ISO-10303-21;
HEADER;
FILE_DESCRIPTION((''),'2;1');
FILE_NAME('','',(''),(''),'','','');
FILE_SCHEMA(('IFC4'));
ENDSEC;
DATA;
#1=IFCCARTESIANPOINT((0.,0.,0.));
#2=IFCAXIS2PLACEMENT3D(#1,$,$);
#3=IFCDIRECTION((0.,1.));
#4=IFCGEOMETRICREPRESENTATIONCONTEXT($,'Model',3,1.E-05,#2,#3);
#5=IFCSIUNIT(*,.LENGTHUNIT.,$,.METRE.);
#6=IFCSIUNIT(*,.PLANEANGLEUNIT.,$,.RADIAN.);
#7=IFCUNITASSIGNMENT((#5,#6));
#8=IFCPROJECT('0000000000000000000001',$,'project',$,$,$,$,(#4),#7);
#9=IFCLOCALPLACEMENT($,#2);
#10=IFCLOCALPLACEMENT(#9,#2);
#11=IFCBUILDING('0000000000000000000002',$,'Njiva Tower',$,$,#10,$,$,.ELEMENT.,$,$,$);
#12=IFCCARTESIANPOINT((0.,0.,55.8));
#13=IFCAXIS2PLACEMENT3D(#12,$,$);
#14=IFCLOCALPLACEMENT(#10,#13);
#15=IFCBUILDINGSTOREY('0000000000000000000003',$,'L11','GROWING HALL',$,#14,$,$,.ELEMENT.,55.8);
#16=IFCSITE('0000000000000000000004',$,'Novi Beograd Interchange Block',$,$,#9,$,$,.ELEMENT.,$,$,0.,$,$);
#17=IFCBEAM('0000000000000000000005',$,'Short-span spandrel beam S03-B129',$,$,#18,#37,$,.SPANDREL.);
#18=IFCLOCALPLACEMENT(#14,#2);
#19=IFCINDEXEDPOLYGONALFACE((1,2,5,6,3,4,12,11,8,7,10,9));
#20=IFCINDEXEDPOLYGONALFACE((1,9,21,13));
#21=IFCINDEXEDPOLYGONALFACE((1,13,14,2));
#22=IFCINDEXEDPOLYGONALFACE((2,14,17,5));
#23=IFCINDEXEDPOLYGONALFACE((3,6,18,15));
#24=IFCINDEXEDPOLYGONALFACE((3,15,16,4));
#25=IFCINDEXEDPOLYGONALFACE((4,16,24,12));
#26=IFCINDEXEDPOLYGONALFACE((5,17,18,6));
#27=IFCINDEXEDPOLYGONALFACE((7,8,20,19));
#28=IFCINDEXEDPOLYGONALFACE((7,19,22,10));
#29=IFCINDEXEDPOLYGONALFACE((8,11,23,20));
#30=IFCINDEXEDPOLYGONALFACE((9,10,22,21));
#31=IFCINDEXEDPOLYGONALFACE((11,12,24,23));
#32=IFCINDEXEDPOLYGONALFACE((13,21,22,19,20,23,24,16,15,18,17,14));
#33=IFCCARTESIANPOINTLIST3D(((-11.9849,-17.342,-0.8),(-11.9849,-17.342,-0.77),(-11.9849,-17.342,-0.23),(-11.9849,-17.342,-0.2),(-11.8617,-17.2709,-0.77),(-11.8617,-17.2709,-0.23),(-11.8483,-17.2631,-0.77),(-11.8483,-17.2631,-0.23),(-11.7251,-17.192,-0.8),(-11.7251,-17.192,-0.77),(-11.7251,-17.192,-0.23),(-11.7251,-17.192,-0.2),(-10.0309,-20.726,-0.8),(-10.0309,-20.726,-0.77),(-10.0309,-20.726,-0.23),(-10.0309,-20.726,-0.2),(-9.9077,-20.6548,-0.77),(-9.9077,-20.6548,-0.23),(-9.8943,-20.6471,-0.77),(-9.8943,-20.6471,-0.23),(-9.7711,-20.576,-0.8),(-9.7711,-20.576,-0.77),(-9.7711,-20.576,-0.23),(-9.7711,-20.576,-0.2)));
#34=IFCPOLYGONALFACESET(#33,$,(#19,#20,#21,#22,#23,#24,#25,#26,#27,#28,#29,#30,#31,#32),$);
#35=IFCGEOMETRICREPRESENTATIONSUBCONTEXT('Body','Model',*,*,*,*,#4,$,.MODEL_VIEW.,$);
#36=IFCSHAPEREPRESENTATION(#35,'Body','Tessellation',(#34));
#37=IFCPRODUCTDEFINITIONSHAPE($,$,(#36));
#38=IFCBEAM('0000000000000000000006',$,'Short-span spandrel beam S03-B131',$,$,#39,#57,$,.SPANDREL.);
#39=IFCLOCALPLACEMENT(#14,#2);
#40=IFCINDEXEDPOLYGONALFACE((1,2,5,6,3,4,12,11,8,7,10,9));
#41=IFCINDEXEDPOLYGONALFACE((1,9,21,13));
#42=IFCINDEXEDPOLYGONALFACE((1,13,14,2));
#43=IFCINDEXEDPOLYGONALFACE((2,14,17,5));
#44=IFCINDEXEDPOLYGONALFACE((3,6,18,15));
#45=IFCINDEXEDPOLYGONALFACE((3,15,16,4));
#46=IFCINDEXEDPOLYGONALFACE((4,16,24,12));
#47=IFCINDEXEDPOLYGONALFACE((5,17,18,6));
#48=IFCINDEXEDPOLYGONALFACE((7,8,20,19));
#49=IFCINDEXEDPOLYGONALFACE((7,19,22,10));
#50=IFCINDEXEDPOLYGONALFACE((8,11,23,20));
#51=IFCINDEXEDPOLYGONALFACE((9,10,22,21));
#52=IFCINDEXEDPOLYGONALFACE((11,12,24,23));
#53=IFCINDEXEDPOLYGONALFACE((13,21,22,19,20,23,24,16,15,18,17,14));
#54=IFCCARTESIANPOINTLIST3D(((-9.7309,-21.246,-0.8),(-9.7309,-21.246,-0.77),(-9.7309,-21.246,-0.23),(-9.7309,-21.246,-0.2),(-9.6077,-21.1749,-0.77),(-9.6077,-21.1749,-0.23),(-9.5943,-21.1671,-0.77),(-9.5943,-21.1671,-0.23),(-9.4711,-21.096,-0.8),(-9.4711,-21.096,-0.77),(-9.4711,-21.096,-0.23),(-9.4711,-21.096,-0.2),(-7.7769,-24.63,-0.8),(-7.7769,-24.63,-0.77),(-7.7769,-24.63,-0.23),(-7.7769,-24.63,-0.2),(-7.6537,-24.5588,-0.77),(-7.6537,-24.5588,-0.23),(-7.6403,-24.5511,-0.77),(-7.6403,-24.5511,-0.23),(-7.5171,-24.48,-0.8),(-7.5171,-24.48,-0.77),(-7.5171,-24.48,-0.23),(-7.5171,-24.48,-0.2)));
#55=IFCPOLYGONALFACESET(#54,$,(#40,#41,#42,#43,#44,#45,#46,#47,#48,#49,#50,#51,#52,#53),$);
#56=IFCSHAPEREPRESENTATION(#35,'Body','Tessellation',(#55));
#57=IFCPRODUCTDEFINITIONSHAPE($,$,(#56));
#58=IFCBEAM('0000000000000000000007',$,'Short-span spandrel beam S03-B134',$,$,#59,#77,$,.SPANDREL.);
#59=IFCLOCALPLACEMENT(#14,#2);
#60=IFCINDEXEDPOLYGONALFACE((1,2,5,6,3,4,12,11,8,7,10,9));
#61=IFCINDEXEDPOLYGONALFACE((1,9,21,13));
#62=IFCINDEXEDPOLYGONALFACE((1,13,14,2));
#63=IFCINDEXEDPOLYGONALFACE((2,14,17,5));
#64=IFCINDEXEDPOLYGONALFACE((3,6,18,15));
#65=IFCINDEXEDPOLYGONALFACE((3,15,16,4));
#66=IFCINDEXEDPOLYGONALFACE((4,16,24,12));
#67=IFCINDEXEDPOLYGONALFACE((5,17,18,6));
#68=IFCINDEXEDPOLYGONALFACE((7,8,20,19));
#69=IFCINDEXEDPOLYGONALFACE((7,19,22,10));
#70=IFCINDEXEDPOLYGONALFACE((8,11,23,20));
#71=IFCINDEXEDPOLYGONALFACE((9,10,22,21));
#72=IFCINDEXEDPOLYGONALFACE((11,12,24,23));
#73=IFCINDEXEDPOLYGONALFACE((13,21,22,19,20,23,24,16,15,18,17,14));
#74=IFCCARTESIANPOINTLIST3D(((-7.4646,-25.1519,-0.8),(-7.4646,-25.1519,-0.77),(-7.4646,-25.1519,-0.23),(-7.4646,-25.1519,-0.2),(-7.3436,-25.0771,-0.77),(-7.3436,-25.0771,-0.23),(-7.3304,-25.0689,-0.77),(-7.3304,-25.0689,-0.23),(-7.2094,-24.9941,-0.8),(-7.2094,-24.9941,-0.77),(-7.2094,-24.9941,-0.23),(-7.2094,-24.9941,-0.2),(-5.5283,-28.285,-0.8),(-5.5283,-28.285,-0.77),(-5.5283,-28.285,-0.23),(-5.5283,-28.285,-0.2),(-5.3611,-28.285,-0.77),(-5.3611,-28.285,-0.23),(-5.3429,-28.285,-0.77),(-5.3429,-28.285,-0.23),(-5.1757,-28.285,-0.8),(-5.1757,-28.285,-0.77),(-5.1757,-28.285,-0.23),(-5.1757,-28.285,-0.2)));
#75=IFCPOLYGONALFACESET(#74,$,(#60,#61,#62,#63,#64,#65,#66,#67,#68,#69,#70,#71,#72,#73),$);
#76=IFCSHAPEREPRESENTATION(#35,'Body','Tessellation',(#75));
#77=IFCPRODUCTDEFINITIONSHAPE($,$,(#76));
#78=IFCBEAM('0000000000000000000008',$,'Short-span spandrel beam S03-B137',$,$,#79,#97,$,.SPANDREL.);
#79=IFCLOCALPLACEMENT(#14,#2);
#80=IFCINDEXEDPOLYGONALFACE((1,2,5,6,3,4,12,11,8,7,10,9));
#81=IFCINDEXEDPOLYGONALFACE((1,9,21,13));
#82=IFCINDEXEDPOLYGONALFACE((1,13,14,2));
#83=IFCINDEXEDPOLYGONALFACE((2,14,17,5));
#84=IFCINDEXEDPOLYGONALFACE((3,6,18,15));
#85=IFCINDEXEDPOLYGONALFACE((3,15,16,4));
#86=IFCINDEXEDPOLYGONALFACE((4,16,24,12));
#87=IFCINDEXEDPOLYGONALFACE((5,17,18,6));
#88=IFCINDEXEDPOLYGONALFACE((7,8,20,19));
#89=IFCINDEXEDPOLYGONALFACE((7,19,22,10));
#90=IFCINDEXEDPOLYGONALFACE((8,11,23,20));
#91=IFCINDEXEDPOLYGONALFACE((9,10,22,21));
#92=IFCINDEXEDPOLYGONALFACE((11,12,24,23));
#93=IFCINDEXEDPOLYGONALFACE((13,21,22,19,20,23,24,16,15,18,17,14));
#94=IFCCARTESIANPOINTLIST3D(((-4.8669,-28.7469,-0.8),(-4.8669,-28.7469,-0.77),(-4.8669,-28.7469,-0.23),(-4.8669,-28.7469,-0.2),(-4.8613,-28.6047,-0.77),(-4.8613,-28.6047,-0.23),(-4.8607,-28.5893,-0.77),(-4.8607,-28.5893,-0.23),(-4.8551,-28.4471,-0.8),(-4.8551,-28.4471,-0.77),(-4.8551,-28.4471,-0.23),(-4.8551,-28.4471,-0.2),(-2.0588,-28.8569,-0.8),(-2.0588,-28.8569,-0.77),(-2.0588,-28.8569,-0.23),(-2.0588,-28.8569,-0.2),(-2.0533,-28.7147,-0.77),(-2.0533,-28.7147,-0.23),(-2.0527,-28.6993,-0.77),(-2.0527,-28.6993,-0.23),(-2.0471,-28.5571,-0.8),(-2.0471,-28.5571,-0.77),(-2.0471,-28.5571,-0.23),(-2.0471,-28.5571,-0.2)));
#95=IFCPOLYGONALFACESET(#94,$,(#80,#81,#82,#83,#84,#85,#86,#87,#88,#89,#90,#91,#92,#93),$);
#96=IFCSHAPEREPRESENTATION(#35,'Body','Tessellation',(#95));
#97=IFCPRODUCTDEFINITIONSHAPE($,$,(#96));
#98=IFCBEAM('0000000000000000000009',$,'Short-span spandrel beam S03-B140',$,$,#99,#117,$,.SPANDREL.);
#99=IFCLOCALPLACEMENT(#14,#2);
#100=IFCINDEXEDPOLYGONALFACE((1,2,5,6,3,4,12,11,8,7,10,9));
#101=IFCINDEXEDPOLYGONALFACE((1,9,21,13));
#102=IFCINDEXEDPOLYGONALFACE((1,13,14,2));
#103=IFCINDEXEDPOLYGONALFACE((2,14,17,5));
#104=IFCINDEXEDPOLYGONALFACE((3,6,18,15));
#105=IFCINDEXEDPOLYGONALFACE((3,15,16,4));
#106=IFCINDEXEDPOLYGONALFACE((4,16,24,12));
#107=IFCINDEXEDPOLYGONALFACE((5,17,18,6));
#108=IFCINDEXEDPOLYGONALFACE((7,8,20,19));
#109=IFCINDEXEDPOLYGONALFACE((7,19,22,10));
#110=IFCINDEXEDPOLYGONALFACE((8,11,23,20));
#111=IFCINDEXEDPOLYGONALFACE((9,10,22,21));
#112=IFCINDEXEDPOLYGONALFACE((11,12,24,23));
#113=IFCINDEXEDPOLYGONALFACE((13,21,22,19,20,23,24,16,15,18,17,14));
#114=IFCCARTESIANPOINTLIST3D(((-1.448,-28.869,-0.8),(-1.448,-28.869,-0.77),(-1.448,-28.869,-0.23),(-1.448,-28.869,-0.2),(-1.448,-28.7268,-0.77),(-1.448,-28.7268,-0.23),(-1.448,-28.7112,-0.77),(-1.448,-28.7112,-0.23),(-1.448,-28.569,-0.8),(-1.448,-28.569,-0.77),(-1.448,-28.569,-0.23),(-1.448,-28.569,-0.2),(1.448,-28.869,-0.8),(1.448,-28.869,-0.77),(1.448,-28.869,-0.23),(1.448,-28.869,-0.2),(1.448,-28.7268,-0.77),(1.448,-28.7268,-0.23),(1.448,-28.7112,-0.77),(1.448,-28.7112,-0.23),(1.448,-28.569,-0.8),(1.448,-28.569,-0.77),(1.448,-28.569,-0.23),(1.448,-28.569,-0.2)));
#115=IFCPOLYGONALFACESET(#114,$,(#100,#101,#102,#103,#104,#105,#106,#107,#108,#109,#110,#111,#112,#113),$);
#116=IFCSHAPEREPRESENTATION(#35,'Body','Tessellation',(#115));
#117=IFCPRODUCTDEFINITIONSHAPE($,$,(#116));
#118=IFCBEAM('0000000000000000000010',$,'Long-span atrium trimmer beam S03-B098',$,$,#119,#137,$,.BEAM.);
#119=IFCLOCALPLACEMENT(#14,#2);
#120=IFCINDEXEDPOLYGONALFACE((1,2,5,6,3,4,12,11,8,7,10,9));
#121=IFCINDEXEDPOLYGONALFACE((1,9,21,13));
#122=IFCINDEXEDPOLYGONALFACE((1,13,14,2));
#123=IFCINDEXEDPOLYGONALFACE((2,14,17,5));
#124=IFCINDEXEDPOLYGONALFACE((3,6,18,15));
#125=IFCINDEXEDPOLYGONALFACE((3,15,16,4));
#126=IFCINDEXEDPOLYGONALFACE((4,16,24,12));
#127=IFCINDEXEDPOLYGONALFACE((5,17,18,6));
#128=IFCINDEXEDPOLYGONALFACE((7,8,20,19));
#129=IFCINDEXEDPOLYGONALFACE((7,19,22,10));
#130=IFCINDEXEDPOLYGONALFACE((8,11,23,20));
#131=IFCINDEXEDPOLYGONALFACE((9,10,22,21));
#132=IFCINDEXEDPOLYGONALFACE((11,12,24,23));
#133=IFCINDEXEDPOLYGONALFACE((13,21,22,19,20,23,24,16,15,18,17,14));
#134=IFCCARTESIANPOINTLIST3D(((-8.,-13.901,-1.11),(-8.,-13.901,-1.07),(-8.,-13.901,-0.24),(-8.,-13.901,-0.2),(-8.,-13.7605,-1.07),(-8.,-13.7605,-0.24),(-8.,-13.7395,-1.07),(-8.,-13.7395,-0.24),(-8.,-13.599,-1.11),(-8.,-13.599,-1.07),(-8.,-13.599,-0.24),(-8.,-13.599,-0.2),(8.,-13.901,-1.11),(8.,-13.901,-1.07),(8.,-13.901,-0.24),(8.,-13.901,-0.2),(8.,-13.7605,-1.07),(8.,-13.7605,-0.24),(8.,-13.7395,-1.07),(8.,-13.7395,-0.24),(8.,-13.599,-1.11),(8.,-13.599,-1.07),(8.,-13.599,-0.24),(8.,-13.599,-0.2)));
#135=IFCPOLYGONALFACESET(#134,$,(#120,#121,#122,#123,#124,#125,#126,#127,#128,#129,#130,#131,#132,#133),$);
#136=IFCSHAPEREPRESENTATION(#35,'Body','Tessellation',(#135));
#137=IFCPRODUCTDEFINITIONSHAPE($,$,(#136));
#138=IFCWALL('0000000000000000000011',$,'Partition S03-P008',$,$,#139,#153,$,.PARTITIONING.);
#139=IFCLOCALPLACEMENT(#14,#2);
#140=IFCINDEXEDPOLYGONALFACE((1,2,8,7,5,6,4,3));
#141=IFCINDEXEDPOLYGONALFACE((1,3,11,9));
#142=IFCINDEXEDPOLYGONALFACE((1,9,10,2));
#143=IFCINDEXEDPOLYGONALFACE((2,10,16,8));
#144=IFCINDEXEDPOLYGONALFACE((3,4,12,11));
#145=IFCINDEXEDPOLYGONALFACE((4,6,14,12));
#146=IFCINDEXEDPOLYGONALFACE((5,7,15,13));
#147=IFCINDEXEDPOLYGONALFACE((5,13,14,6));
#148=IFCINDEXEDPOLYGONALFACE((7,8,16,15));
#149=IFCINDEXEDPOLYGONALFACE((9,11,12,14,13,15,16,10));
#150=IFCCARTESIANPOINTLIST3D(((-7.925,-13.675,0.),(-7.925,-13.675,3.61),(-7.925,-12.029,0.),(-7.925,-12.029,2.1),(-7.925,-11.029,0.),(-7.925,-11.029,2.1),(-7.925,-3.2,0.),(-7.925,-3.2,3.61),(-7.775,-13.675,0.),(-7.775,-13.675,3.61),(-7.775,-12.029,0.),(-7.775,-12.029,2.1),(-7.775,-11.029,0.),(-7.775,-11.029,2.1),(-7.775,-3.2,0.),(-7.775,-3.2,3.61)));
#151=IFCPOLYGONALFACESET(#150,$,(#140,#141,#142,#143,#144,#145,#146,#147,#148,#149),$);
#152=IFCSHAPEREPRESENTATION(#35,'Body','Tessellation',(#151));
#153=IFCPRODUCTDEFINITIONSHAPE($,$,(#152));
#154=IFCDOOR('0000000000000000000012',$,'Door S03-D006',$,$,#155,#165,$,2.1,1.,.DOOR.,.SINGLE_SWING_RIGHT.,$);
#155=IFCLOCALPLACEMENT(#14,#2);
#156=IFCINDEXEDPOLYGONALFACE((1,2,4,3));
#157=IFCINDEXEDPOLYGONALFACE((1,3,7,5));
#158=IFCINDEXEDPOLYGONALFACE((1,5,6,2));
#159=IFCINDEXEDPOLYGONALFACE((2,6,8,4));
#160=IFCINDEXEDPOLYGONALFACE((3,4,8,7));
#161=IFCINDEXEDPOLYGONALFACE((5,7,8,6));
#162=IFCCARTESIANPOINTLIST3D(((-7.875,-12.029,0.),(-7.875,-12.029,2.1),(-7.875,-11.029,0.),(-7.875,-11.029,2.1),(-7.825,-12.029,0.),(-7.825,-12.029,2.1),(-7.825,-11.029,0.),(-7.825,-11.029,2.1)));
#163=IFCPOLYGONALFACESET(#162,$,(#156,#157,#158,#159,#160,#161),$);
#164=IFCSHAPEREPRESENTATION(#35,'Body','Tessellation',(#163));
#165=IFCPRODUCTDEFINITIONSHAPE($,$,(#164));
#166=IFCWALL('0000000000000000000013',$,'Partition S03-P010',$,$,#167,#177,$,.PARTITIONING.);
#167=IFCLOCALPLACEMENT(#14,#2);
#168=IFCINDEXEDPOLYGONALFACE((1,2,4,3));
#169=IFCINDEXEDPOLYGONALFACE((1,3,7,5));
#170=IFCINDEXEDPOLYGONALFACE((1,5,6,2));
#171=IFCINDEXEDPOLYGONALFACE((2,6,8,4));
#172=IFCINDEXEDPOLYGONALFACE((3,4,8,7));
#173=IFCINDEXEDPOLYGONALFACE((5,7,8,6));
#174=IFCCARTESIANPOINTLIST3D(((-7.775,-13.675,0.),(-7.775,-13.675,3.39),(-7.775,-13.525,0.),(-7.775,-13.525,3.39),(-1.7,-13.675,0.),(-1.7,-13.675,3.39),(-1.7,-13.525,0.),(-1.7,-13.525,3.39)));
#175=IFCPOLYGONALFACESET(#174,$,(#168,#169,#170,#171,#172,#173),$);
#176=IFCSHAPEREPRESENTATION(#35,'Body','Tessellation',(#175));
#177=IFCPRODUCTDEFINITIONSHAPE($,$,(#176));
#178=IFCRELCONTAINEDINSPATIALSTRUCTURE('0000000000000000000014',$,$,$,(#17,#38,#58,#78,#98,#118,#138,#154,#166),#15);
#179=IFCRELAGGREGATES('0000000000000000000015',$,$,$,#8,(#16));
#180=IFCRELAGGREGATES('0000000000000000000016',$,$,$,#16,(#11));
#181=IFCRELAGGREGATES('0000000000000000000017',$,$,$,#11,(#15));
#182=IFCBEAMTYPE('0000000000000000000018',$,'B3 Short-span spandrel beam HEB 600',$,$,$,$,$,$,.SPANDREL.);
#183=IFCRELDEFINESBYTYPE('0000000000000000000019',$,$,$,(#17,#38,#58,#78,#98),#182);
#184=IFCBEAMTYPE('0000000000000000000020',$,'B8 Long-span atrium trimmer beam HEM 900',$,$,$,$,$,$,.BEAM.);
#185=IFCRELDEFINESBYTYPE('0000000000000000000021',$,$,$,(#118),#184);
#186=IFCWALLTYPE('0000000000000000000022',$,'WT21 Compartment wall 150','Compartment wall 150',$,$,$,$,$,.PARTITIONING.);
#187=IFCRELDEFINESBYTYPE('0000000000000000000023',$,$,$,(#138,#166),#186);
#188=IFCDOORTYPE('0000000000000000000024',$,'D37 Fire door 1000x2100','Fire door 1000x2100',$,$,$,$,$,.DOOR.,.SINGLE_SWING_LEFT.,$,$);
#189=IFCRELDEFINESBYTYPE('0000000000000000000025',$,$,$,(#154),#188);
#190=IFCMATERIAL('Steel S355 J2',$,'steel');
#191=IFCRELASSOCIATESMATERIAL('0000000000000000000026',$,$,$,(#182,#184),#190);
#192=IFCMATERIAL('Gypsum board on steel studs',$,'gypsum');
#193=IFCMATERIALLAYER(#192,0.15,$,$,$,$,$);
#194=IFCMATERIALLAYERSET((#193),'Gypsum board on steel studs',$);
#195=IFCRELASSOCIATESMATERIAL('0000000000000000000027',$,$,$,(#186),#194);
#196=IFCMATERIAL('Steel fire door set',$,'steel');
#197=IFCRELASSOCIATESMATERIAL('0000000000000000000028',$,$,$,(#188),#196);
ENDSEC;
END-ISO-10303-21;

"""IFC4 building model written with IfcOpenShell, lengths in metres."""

from ifc_helpers import new_model, si_unit, direction, frame, frame_2d, origin, origin_2d, place, context, subcontext, project, spatial, rectangle, i_section, extrude, clip, halfspace, material, layer, layer_set, material_profile, profile_set, type_object, element, fill, save


model = new_model("IFC4")

# Units and contexts
model_context = context("Model", 3, precision=1e-05, world=origin(), true_north=direction((0.0, 1.0)))
body_context = subcontext(model_context, "Body", "Model", "MODEL_VIEW")
ifc_project = project(units=[si_unit("LENGTHUNIT", "METRE"), si_unit("PLANEANGLEUNIT", "RADIAN")], contexts=[model_context])

# Site, building, storey
site_placement = place(None, origin())
site = spatial("IfcSite", under=ifc_project, at=site_placement, Name="Novi Beograd Interchange Block", CompositionType="ELEMENT", RefElevation=0.0)
building_placement = place(site_placement, origin())
building = spatial("IfcBuilding", under=site, at=building_placement, Name="Njiva Tower", CompositionType="ELEMENT")
storey_placement = place(building_placement, frame((0.0, 0.0, 55.8)))
storey = spatial("IfcBuildingStorey", under=building, at=storey_placement, Name="L11", Description="GROWING HALL", CompositionType="ELEMENT", Elevation=55.8)

# Shared definitions
ifc_material_1 = material(Name="Steel S355 J2", Category="steel")

# Beams
ifc_material_profile_1 = material_profile(ifc_material_1, i_section(OverallWidth=0.3, OverallDepth=0.6, WebThickness=0.0155, FlangeThickness=0.03, at=origin_2d()), Name="HEB 600")
ifc_profile_set_1 = profile_set([ifc_material_profile_1], Name="Steel S355 J2")
beam_type_1 = type_object("IfcBeamType", Name="B3 Short-span spandrel beam HEB 600", PredefinedType="SPANDREL", material=ifc_profile_set_1)
for number, where, z_axis, x_axis, name in (
    (1, (-11.855, -17.267, -0.5), (0.500047, -0.865998, 0.0), (0.865998, 0.500047, 0.0), "Short-span spandrel beam S03-B129"),
    (2, (-9.601, -21.171, -0.5), (0.500047, -0.865998, 0.0), (0.865998, 0.500047, 0.0), "Short-span spandrel beam S03-B131"),
):
    element("IfcBeam", number, at=place(storey_placement, frame(where, z_axis=z_axis, x_axis=x_axis)), inside=storey, type_object=beam_type_1, Name=name, PredefinedType="SPANDREL", context=body_context, shape_type="SweptSolid", body=[
        extrude(i_section(OverallWidth=0.3, OverallDepth=0.6, WebThickness=0.0155, FlangeThickness=0.03, at=origin_2d()), origin(), (0.0, 0.0, 1.0), 3.9076),
    ])
beam_1_placement = place(storey_placement, frame((-7.337, -25.073, -0.5), z_axis=(0.525707, -0.850666, 0.0), x_axis=(0.850666, 0.525707, 0.0)))
element("IfcBeam", 3, at=beam_1_placement, inside=storey, type_object=beam_type_1, Name="Short-span spandrel beam S03-B134", PredefinedType="SPANDREL", context=body_context, shape_type="Clipping", body=[
    clip(extrude(i_section(OverallWidth=0.3, OverallDepth=0.6, WebThickness=0.0155, FlangeThickness=0.03, at=origin_2d()), origin(), (0.0, 0.0, 1.0), 3.8889), halfspace(frame((-0.0263, 0.0, 3.7596), z_axis=(-0.525707, 0.0, 0.850666), x_axis=(0.0, 1.0, 0.0)), False)),
])
beam_2_placement = place(storey_placement, frame((-4.861, -28.597, -0.5), z_axis=(0.999234, -0.039144, 0.0), x_axis=(0.039144, 0.999234, 0.0)))
element("IfcBeam", 4, at=beam_2_placement, inside=storey, type_object=beam_type_1, Name="Short-span spandrel beam S03-B137", PredefinedType="SPANDREL", context=body_context, shape_type="SweptSolid", body=[
    extrude(i_section(OverallWidth=0.3, OverallDepth=0.6, WebThickness=0.0155, FlangeThickness=0.03, at=origin_2d()), origin(), (0.0, 0.0, 1.0), 2.8102),
])
beam_3_placement = place(storey_placement, frame((-1.448, -28.719, -0.5), z_axis=(1.0, 0.0, 0.0), x_axis=(0.0, 1.0, 0.0)))
element("IfcBeam", 5, at=beam_3_placement, inside=storey, type_object=beam_type_1, Name="Short-span spandrel beam S03-B140", PredefinedType="SPANDREL", context=body_context, shape_type="SweptSolid", body=[
    extrude(i_section(OverallWidth=0.3, OverallDepth=0.6, WebThickness=0.0155, FlangeThickness=0.03, at=origin_2d()), origin(), (0.0, 0.0, 1.0), 2.896),
])
ifc_material_profile_2 = material_profile(ifc_material_1, i_section(OverallWidth=0.302, OverallDepth=0.91, WebThickness=0.021, FlangeThickness=0.04, at=origin_2d()), Name="HEM 900")
ifc_profile_set_2 = profile_set([ifc_material_profile_2], Name="Steel S355 J2")
beam_type_2 = type_object("IfcBeamType", Name="B8 Long-span atrium trimmer beam HEM 900", PredefinedType="BEAM", material=ifc_profile_set_2)
beam_4_placement = place(storey_placement, frame((-8.0, -13.75, -0.655), z_axis=(1.0, 0.0, 0.0), x_axis=(0.0, 1.0, 0.0)))
element("IfcBeam", 6, at=beam_4_placement, inside=storey, type_object=beam_type_2, Name="Long-span atrium trimmer beam S03-B098", PredefinedType="BEAM", context=body_context, shape_type="SweptSolid", body=[
    extrude(i_section(OverallWidth=0.302, OverallDepth=0.91, WebThickness=0.021, FlangeThickness=0.04, at=origin_2d()), origin(), (0.0, 0.0, 1.0), 16.0),
])

# Wall, opening, door
ifc_material_2 = material(Name="Gypsum board on steel studs", Category="gypsum")
ifc_layer_1 = layer(ifc_material_2, 0.15)
ifc_layer_set_1 = layer_set([ifc_layer_1], Name="Gypsum board on steel studs")
wall_type_1 = type_object("IfcWallType", Name="WT21 Compartment wall 150", Description="Compartment wall 150", PredefinedType="PARTITIONING", material=ifc_layer_set_1)
wall_1_placement = place(storey_placement, frame((-7.85, -13.675, 0.0), z_axis=(0.0, 0.0, 1.0), x_axis=(0.0, 1.0, 0.0)))
wall_1 = element("IfcWall", 7, at=wall_1_placement, inside=storey, type_object=wall_type_1, Name="Partition S03-P008", PredefinedType="PARTITIONING", context=body_context, shape_type="SweptSolid", body=[
    extrude(rectangle(XDim=10.475, YDim=0.15, at=frame_2d((5.2375, 0.0))), origin(), (0.0, 0.0, 1.0), 3.61),
])
opening_1_placement = place(wall_1_placement, frame((1.646, 0.0, 0.0)))
opening_1 = element("IfcOpeningElement", 8, at=opening_1_placement, cuts=wall_1, PredefinedType="OPENING", context=body_context, shape_type="SweptSolid", body=[
    extrude(rectangle(XDim=1.0, YDim=2.1, at=frame_2d((0.5, 1.05))), frame((0.0, 0.085, 0.0), z_axis=(0.0, -1.0, 0.0), x_axis=(1.0, 0.0, 0.0)), (0.0, 0.0, 1.0), 0.17),
])
ifc_material_3 = material(Name="Steel fire door set", Category="steel")
door_type = type_object("IfcDoorType", Name="D37 Fire door 1000x2100", Description="Fire door 1000x2100", OperationType="SINGLE_SWING_LEFT", PredefinedType="DOOR", material=ifc_material_3)
door_placement = place(opening_1_placement, origin())
door = element("IfcDoor", 9, at=door_placement, inside=storey, type_object=door_type, Name="Door S03-D006", OperationType="SINGLE_SWING_RIGHT", OverallHeight=2.1, OverallWidth=1.0, PredefinedType="DOOR", context=body_context, shape_type="SweptSolid", body=[
    extrude(rectangle(XDim=1.0, YDim=2.1, at=frame_2d((0.5, 1.05))), frame((0.0, 0.025, 0.0), z_axis=(0.0, -1.0, 0.0), x_axis=(1.0, 0.0, 0.0)), (0.0, 0.0, 1.0), 0.05),
])
fill(opening_1, door)

# Wall
wall_2_placement = place(storey_placement, frame((-7.775, -13.6, 0.0), z_axis=(0.0, 0.0, 1.0), x_axis=(1.0, 0.0, 0.0)))
element("IfcWall", 10, at=wall_2_placement, inside=storey, type_object=wall_type_1, Name="Partition S03-P010", PredefinedType="PARTITIONING", context=body_context, shape_type="SweptSolid", body=[
    extrude(rectangle(XDim=6.075, YDim=0.15, at=frame_2d((3.0375, 0.0))), origin(), (0.0, 0.0, 1.0), 3.39),
])

save(model, "model.ifc")
